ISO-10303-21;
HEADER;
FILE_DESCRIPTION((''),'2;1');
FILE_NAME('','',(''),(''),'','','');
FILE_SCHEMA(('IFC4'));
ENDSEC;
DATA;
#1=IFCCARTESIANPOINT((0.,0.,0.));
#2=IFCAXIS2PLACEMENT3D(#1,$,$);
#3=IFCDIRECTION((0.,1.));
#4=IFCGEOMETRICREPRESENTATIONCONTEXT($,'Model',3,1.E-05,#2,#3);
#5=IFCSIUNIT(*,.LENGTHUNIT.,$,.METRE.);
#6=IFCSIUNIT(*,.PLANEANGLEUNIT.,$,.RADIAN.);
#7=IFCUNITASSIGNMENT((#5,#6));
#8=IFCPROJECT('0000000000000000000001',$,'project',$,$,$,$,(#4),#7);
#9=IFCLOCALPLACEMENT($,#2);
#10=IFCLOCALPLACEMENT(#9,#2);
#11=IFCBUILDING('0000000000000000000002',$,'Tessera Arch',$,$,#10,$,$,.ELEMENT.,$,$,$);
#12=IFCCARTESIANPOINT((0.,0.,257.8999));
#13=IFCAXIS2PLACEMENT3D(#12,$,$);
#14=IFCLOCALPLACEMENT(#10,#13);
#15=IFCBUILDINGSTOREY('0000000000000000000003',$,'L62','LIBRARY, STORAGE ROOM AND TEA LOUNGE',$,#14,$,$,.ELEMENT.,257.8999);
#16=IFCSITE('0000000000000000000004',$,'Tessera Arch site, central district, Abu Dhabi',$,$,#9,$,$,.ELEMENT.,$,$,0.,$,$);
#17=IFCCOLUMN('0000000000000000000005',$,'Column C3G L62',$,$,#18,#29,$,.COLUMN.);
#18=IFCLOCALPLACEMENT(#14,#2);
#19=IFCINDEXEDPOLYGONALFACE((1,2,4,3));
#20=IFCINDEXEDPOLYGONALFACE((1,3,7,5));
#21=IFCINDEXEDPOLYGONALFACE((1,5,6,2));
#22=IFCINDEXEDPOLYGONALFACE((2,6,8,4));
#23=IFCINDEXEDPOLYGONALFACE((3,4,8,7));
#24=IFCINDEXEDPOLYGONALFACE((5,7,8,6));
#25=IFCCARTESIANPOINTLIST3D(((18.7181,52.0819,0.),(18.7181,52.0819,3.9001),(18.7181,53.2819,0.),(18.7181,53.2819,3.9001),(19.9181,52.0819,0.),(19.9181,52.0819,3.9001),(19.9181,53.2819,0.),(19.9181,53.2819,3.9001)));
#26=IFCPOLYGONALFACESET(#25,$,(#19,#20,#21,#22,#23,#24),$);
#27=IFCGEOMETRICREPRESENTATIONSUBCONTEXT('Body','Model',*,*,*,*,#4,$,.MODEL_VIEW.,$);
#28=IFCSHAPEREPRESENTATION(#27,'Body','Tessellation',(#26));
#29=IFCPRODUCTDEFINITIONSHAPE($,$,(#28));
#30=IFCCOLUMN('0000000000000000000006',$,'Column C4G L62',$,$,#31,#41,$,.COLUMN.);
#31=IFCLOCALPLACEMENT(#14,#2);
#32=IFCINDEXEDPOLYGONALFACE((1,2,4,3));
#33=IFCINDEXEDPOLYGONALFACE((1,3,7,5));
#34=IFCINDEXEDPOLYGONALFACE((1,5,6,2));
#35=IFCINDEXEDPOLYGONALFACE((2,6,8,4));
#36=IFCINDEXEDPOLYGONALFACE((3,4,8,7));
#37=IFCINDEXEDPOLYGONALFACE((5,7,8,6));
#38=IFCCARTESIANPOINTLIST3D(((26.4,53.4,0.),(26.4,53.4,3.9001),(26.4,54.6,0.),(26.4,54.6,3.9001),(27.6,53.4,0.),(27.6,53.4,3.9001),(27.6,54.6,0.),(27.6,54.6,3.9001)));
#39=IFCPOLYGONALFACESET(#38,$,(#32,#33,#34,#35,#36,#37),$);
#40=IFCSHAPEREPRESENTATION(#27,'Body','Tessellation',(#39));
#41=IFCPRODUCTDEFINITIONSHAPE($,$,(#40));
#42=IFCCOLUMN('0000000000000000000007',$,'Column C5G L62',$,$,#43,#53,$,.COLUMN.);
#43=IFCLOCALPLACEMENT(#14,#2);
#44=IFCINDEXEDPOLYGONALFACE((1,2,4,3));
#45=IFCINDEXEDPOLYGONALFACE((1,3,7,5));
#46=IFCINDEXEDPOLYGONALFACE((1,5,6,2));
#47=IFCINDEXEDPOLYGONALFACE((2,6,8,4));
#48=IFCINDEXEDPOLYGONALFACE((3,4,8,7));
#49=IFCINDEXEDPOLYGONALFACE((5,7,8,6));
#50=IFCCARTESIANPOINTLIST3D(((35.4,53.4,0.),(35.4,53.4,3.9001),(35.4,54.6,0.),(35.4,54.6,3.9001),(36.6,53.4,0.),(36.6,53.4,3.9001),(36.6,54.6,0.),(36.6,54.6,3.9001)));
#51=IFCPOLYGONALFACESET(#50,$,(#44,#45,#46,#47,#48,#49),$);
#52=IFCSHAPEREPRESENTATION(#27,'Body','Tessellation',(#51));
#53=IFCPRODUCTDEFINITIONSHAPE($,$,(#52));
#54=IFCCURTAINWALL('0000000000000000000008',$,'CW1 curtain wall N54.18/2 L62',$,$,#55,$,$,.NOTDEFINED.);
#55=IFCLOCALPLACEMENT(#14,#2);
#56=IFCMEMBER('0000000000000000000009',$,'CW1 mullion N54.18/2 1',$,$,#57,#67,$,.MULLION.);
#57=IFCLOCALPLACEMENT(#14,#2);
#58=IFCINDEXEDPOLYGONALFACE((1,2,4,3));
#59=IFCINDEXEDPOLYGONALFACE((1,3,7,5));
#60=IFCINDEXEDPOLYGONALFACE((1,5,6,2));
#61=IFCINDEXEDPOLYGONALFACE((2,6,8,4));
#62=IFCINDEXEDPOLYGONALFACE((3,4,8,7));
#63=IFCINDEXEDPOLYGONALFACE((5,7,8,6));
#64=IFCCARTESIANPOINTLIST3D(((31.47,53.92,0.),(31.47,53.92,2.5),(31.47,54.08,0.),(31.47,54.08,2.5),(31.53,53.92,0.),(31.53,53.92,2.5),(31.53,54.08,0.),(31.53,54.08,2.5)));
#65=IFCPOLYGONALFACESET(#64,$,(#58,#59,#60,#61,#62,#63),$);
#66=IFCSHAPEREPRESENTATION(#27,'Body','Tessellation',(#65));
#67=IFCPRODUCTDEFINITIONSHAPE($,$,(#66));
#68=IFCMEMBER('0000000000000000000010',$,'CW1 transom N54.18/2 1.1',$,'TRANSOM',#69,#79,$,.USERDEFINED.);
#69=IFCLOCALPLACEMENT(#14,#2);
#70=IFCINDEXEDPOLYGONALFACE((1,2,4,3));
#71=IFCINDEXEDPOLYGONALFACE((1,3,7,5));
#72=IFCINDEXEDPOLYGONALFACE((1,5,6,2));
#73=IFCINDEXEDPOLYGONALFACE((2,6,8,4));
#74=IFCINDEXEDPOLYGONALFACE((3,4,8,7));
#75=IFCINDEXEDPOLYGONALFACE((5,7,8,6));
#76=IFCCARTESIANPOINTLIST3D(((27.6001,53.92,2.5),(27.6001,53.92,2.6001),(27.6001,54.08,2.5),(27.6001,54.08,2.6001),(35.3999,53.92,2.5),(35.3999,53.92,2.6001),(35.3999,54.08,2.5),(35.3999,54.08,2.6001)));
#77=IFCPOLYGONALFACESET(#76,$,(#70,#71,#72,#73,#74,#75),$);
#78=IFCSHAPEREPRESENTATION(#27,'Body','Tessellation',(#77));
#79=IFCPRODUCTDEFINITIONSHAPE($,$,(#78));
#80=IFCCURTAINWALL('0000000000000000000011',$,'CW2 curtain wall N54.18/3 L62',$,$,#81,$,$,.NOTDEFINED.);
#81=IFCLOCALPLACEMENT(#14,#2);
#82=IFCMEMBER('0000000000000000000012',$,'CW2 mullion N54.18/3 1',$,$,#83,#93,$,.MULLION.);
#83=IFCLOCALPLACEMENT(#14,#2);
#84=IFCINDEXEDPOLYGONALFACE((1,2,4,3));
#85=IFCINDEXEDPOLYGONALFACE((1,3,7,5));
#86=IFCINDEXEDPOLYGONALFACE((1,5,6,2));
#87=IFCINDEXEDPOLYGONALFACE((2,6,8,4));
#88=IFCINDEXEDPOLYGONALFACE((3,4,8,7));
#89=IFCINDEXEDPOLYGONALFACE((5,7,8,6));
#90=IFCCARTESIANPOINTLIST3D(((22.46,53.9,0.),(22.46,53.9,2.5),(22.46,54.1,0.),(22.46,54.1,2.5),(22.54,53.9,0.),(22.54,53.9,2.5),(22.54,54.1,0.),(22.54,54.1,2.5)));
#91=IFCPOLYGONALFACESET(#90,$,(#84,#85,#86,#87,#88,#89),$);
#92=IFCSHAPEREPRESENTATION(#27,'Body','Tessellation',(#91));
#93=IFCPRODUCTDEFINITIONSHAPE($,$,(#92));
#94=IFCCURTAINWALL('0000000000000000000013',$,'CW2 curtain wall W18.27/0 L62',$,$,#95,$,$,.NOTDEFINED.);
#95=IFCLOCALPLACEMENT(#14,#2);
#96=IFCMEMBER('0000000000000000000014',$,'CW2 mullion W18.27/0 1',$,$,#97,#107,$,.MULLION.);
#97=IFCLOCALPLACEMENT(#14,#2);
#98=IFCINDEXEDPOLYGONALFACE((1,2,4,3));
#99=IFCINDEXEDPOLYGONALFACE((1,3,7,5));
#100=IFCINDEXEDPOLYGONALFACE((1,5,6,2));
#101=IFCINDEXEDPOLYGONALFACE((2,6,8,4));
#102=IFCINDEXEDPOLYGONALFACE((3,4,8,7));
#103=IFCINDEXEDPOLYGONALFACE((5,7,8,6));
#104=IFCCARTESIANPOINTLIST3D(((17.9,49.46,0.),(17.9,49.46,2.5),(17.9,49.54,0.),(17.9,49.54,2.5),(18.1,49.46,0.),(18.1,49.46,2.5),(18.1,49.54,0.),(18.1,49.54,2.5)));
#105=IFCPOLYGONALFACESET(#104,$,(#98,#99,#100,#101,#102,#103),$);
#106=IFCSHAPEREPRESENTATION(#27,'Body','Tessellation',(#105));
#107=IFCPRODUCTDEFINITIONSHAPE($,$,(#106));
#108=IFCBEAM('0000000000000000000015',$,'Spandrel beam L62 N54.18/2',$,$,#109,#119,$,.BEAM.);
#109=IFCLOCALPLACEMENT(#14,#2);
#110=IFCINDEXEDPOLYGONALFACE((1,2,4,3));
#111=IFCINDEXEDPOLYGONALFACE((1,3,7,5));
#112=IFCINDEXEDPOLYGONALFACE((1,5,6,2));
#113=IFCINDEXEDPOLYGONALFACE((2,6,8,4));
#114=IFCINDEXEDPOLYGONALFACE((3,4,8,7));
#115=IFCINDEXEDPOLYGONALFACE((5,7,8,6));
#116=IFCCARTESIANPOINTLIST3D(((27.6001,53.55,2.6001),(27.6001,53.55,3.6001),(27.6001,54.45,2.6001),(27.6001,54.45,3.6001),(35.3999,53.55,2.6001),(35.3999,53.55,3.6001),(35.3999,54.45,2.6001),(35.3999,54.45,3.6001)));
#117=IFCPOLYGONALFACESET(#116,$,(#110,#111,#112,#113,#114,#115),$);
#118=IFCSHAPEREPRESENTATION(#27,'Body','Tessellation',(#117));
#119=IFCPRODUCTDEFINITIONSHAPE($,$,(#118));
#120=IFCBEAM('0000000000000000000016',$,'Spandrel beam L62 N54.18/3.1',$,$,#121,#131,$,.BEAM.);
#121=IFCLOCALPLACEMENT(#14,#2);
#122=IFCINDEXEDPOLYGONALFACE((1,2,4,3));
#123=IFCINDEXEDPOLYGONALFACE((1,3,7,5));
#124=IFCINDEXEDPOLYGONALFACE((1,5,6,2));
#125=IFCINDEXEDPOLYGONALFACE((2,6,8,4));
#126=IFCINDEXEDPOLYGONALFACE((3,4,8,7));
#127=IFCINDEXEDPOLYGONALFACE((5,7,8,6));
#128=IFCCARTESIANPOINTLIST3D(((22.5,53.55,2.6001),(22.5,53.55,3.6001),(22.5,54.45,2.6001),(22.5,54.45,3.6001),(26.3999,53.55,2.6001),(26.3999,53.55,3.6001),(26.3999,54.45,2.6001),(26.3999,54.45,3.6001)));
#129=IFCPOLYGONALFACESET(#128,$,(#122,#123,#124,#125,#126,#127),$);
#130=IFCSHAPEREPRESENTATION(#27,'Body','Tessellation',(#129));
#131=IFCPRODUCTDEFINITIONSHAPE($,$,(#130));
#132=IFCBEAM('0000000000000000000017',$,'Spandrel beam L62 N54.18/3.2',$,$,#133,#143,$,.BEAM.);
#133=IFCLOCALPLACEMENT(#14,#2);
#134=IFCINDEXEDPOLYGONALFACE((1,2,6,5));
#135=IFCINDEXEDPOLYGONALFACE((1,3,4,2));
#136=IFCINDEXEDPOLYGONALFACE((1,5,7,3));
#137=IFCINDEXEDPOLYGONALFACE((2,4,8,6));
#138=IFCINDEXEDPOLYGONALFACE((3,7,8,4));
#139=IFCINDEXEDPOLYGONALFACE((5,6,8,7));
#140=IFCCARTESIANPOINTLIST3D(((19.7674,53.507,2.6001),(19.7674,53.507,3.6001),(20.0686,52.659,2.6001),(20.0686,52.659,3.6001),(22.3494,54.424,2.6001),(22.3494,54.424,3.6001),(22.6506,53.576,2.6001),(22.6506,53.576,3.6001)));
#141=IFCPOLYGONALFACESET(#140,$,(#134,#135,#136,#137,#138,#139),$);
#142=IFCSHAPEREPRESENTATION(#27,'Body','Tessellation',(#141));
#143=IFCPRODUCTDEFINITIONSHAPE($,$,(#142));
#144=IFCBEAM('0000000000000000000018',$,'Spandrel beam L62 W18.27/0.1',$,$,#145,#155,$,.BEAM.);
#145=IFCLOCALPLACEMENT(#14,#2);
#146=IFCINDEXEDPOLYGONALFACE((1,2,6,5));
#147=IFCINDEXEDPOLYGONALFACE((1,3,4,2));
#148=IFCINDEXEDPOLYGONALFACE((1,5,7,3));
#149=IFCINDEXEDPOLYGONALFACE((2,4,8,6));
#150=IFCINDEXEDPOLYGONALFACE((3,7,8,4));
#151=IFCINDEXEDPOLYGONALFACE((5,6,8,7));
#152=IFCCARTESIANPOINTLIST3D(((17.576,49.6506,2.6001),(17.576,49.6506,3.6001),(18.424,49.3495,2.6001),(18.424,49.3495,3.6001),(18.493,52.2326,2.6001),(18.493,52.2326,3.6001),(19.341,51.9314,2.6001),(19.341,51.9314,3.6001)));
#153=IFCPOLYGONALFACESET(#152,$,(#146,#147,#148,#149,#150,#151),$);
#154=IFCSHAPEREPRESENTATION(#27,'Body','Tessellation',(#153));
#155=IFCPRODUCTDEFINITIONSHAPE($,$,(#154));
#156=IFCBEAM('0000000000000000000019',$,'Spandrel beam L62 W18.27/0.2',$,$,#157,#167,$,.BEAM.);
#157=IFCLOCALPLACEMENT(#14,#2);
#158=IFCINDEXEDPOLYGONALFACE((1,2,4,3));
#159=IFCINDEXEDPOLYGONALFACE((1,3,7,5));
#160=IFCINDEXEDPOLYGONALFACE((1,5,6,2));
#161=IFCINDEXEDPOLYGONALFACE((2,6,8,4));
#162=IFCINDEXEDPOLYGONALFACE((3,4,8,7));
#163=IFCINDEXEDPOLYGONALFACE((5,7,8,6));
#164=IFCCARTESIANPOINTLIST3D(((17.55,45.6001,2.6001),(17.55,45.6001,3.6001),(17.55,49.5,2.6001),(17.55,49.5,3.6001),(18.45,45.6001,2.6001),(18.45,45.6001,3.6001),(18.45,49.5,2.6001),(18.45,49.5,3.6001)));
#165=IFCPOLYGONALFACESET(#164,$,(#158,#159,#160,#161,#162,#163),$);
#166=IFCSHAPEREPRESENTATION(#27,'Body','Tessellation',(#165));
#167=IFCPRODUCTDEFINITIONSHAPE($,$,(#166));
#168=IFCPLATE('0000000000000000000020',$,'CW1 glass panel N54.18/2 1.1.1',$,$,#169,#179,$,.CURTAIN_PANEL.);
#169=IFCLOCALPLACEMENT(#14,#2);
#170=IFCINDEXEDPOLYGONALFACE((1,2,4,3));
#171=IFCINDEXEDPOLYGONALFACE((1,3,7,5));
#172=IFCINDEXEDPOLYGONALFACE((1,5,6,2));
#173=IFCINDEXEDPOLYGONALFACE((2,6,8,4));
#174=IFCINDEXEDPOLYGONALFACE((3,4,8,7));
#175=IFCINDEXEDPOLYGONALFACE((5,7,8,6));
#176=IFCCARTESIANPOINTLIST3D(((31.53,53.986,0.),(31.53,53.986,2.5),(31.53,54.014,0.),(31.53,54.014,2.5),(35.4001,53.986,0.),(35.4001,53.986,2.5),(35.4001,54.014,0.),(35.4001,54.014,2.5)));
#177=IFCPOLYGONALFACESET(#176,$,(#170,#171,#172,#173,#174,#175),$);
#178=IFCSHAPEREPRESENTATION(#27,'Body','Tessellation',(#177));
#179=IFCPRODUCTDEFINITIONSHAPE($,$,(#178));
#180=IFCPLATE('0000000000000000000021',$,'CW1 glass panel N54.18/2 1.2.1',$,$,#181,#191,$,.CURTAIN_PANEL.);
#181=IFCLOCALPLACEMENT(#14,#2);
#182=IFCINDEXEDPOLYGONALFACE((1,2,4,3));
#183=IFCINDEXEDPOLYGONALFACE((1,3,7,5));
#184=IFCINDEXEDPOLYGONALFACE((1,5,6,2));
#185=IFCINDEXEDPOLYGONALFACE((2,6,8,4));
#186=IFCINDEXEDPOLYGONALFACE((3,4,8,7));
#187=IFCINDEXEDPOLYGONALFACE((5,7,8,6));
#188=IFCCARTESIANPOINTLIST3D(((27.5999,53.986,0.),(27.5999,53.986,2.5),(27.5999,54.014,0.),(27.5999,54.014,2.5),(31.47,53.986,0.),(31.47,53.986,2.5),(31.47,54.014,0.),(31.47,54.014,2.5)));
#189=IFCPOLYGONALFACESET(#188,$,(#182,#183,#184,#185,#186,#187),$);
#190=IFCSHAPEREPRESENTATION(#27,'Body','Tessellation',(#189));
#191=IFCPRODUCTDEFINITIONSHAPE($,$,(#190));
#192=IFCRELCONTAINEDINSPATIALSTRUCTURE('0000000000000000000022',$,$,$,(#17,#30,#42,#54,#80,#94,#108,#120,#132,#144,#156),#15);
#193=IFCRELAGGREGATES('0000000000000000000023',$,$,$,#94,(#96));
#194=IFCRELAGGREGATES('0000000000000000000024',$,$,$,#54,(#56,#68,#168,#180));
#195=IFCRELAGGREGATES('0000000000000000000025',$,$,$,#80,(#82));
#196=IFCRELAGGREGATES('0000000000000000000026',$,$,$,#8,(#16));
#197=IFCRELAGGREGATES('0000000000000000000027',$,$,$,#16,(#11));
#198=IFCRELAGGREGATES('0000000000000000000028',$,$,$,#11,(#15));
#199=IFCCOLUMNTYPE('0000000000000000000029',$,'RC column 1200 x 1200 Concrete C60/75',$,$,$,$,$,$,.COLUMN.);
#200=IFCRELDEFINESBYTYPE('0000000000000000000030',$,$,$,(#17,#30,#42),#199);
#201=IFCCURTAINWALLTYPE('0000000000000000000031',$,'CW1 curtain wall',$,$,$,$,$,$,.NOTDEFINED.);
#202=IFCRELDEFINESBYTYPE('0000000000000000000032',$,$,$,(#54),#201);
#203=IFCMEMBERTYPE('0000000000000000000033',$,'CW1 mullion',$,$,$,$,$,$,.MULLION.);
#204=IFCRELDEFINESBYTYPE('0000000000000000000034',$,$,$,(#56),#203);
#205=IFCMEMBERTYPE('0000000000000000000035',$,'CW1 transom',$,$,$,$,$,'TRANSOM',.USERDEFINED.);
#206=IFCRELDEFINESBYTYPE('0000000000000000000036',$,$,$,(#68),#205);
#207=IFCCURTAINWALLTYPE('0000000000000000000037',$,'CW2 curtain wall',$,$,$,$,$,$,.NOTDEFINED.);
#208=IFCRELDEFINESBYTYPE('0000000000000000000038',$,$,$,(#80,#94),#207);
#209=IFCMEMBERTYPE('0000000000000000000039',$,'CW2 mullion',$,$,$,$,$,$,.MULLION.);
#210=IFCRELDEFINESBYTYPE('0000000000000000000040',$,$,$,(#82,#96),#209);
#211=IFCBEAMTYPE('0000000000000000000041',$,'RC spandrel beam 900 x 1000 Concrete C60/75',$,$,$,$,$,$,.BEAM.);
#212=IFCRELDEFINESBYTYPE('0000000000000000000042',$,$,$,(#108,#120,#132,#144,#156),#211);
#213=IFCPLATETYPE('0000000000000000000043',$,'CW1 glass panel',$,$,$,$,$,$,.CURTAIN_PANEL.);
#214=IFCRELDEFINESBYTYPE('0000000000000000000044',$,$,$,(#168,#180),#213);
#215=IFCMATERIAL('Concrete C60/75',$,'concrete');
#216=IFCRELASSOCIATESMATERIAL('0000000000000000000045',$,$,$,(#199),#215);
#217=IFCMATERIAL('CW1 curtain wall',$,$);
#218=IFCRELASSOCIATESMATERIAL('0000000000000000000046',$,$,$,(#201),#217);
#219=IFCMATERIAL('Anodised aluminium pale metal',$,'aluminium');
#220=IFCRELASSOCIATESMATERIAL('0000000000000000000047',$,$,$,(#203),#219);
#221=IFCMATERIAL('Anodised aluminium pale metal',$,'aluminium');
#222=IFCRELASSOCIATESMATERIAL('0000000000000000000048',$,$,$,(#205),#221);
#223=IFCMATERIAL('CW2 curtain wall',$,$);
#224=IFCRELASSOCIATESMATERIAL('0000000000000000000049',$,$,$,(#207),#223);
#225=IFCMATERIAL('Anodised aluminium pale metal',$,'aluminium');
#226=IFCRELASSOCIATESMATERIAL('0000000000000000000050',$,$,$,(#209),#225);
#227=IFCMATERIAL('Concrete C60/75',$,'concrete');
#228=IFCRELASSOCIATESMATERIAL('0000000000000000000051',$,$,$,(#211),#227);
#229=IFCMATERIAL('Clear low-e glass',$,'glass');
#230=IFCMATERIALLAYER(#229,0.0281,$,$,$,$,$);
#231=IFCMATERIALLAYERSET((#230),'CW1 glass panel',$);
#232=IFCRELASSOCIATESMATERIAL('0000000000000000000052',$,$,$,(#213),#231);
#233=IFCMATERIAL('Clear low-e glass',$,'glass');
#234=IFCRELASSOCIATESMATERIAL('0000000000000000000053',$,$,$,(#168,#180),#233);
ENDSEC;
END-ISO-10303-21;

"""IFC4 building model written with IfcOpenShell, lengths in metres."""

from ifc_helpers import new_model, si_unit, direction, frame, origin, origin_2d, place, context, subcontext, project, spatial, rectangle, extrude, material, layer, layer_set, material_profile, profile_set, type_object, element, aggregate, save


model = new_model("IFC4")

# Units and contexts
model_context = context("Model", 3, precision=1e-05, world=origin(), true_north=direction((0.0, 1.0)))
body_context = subcontext(model_context, "Body", "Model", "MODEL_VIEW")
ifc_project = project(units=[si_unit("LENGTHUNIT", "METRE"), si_unit("PLANEANGLEUNIT", "RADIAN")], contexts=[model_context])

# Site, building, storey
site_placement = place(None, origin())
site = spatial("IfcSite", under=ifc_project, at=site_placement, Name="Tessera Arch site, central district, Abu Dhabi", CompositionType="ELEMENT", RefElevation=0.0)
building_placement = place(site_placement, origin())
building = spatial("IfcBuilding", under=site, at=building_placement, Name="Tessera Arch", CompositionType="ELEMENT")
storey_placement = place(building_placement, frame((0.0, 0.0, 257.8999)))
storey = spatial("IfcBuildingStorey", under=building, at=storey_placement, Name="L62", Description="LIBRARY, STORAGE ROOM AND TEA LOUNGE", CompositionType="ELEMENT", Elevation=257.8999)

# Columns
ifc_material_1 = material(Name="Concrete C60/75", Category="concrete")
ifc_material_profile_1 = material_profile(ifc_material_1, rectangle(XDim=1.2, YDim=1.2, at=origin_2d()), Name="RC column 1200 x 1200 Concrete C60/75")
ifc_profile_set_1 = profile_set([ifc_material_profile_1], Name="Concrete C60/75")
column_type = type_object("IfcColumnType", Name="RC column 1200 x 1200 Concrete C60/75", PredefinedType="COLUMN", material=ifc_profile_set_1)
for number, where, z_axis, x_axis, name in (
    (1, (19.3181, 52.6819, 0.0), (0.0, 0.0, 1.0), (1.0, 0.0, 0.0), "Column C3G L62"),
    (2, (27.0, 54.0, 0.0), (0.0, 0.0, 1.0), (1.0, 0.0, 0.0), "Column C4G L62"),
    (3, (36.0, 54.0, 0.0), (0.0, 0.0, 1.0), (1.0, 0.0, 0.0), "Column C5G L62"),
):
    element("IfcColumn", number, at=place(storey_placement, frame(where, z_axis=z_axis, x_axis=x_axis)), inside=storey, type_object=column_type, Name=name, PredefinedType="COLUMN", context=body_context, shape_type="SweptSolid", body=[
        extrude(rectangle(XDim=1.2, YDim=1.2, at=origin_2d()), origin(), (0.0, 0.0, 1.0), 3.9001),
    ])

# Curtain wall, members
ifc_material_2 = material(Name="CW1 curtain wall")
curtain_wall_type_1 = type_object("IfcCurtainWallType", Name="CW1 curtain wall", PredefinedType="NOTDEFINED", material=ifc_material_2)
curtain_wall_1_placement = place(storey_placement, origin())
curtain_wall_1 = element("IfcCurtainWall", 4, at=curtain_wall_1_placement, inside=storey, type_object=curtain_wall_type_1, Name="CW1 curtain wall N54.18/2 L62", PredefinedType="NOTDEFINED")
ifc_material_3 = material(Name="Anodised aluminium pale metal", Category="aluminium")
ifc_material_profile_2 = material_profile(ifc_material_3, rectangle(XDim=0.1599, YDim=0.0601, at=origin_2d()), Name="AL 60x160")
ifc_profile_set_2 = profile_set([ifc_material_profile_2], Name="Anodised aluminium pale metal")
member_type_1 = type_object("IfcMemberType", Name="CW1 mullion", PredefinedType="MULLION", material=ifc_profile_set_2)
member_1_placement = place(storey_placement, frame((31.5, 54.0, 0.0), z_axis=(0.0, 0.0, 1.0), x_axis=(0.0, -1.0, 0.0)))
member_1 = element("IfcMember", 5, at=member_1_placement, type_object=member_type_1, Name="CW1 mullion N54.18/2 1", PredefinedType="MULLION", context=body_context, shape_type="SweptSolid", body=[
    extrude(rectangle(XDim=0.1599, YDim=0.0601, at=origin_2d()), origin(), (0.0, 0.0, 1.0), 2.5),
])
ifc_material_4 = material(Name="Anodised aluminium pale metal", Category="aluminium")
ifc_material_profile_3 = material_profile(ifc_material_4, rectangle(XDim=0.1599, YDim=0.1001, at=origin_2d()), Name="AL 160x100")
ifc_profile_set_3 = profile_set([ifc_material_profile_3], Name="Anodised aluminium pale metal")
member_type_2 = type_object("IfcMemberType", Name="CW1 transom", ElementType="TRANSOM", PredefinedType="USERDEFINED", material=ifc_profile_set_3)
member_2_placement = place(storey_placement, frame((35.3999, 54.0, 2.55), z_axis=(-1.0, 0.0, 0.0), x_axis=(0.0, -1.0, 0.0)))
member_2 = element("IfcMember", 6, at=member_2_placement, type_object=member_type_2, Name="CW1 transom N54.18/2 1.1", ObjectType="TRANSOM", PredefinedType="USERDEFINED", context=body_context, shape_type="SweptSolid", body=[
    extrude(rectangle(XDim=0.1599, YDim=0.1001, at=origin_2d()), origin(), (0.0, 0.0, 1.0), 7.7998),
])

# Curtain walls, members
ifc_material_5 = material(Name="CW2 curtain wall")
curtain_wall_type_2 = type_object("IfcCurtainWallType", Name="CW2 curtain wall", PredefinedType="NOTDEFINED", material=ifc_material_5)
curtain_wall_2_placement = place(storey_placement, origin())
curtain_wall_2 = element("IfcCurtainWall", 7, at=curtain_wall_2_placement, inside=storey, type_object=curtain_wall_type_2, Name="CW2 curtain wall N54.18/3 L62", PredefinedType="NOTDEFINED")
ifc_material_6 = material(Name="Anodised aluminium pale metal", Category="aluminium")
ifc_material_profile_4 = material_profile(ifc_material_6, rectangle(XDim=0.2, YDim=0.0801, at=origin_2d()), Name="AL 80x200")
ifc_profile_set_4 = profile_set([ifc_material_profile_4], Name="Anodised aluminium pale metal")
member_type_3 = type_object("IfcMemberType", Name="CW2 mullion", PredefinedType="MULLION", material=ifc_profile_set_4)
member_3_placement = place(storey_placement, frame((22.5, 54.0, 0.0), z_axis=(0.0, 0.0, 1.0), x_axis=(0.0, -1.0, 0.0)))
member_3 = element("IfcMember", 8, at=member_3_placement, type_object=member_type_3, Name="CW2 mullion N54.18/3 1", PredefinedType="MULLION", context=body_context, shape_type="SweptSolid", body=[
    extrude(rectangle(XDim=0.2, YDim=0.0801, at=origin_2d()), origin(), (0.0, 0.0, 1.0), 2.5),
])
curtain_wall_3_placement = place(storey_placement, origin())
curtain_wall_3 = element("IfcCurtainWall", 9, at=curtain_wall_3_placement, inside=storey, type_object=curtain_wall_type_2, Name="CW2 curtain wall W18.27/0 L62", PredefinedType="NOTDEFINED")
member_4_placement = place(storey_placement, frame((18.0, 49.5, 0.0), z_axis=(0.0, 0.0, 1.0), x_axis=(1.0, 0.0, 0.0)))
member_4 = element("IfcMember", 10, at=member_4_placement, type_object=member_type_3, Name="CW2 mullion W18.27/0 1", PredefinedType="MULLION", context=body_context, shape_type="SweptSolid", body=[
    extrude(rectangle(XDim=0.2, YDim=0.0801, at=origin_2d()), origin(), (0.0, 0.0, 1.0), 2.5),
])
aggregate(curtain_wall_3, [member_4])

# Beams
ifc_material_7 = material(Name="Concrete C60/75", Category="concrete")
ifc_material_profile_5 = material_profile(ifc_material_7, rectangle(XDim=0.8999, YDim=1.0, at=origin_2d()), Name="RC spandrel beam 900 x 1000 Concrete C60/75")
ifc_profile_set_5 = profile_set([ifc_material_profile_5], Name="Concrete C60/75")
beam_type = type_object("IfcBeamType", Name="RC spandrel beam 900 x 1000 Concrete C60/75", PredefinedType="BEAM", material=ifc_profile_set_5)
beam_1_placement = place(storey_placement, frame((35.3999, 54.0, 3.1001), z_axis=(-1.0, 0.0, 0.0), x_axis=(0.0, -1.0, 0.0)))
element("IfcBeam", 11, at=beam_1_placement, inside=storey, type_object=beam_type, Name="Spandrel beam L62 N54.18/2", PredefinedType="BEAM", context=body_context, shape_type="SweptSolid", body=[
    extrude(rectangle(XDim=0.8999, YDim=1.0, at=origin_2d()), origin(), (0.0, 0.0, 1.0), 7.7998),
])
beam_2_placement = place(storey_placement, frame((26.3999, 54.0, 3.1001), z_axis=(-1.0, 0.0, 0.0), x_axis=(0.0, -1.0, 0.0)))
element("IfcBeam", 12, at=beam_2_placement, inside=storey, type_object=beam_type, Name="Spandrel beam L62 N54.18/3.1", PredefinedType="BEAM", context=body_context, shape_type="SweptSolid", body=[
    extrude(rectangle(XDim=0.8999, YDim=1.0, at=origin_2d()), origin(), (0.0, 0.0, 1.0), 3.8999),
])
for number, where, z_axis, x_axis, name in (
    (13, (22.5, 54.0, 3.1001), (-0.942337, -0.334665, 0.0), (0.334665, -0.942337, 0.0), "Spandrel beam L62 N54.18/3.2"),
    (14, (18.917, 52.082, 3.1001), (-0.334665, -0.942337, 0.0), (0.942337, -0.334665, 0.0), "Spandrel beam L62 W18.27/0.1"),
):
    element("IfcBeam", number, at=place(storey_placement, frame(where, z_axis=z_axis, x_axis=x_axis)), inside=storey, type_object=beam_type, Name=name, PredefinedType="BEAM", context=body_context, shape_type="SweptSolid", body=[
        extrude(rectangle(XDim=0.8999, YDim=1.0, at=origin_2d()), origin(), (0.0, 0.0, 1.0), 2.74),
    ])
beam_3_placement = place(storey_placement, frame((18.0, 49.5, 3.1001), z_axis=(0.0, -1.0, 0.0), x_axis=(1.0, 0.0, 0.0)))
element("IfcBeam", 15, at=beam_3_placement, inside=storey, type_object=beam_type, Name="Spandrel beam L62 W18.27/0.2", PredefinedType="BEAM", context=body_context, shape_type="SweptSolid", body=[
    extrude(rectangle(XDim=0.8999, YDim=1.0, at=origin_2d()), origin(), (0.0, 0.0, 1.0), 3.8999),
])

# Plates
ifc_material_8 = material(Name="Clear low-e glass", Category="glass")
ifc_material_9 = material(Name="Clear low-e glass", Category="glass")
ifc_layer_1 = layer(ifc_material_9, 0.0281)
ifc_layer_set_1 = layer_set([ifc_layer_1], Name="CW1 glass panel")
plate_type_1 = type_object("IfcPlateType", Name="CW1 glass panel", PredefinedType="CURTAIN_PANEL", material=ifc_layer_set_1)
plate_1_placement = place(storey_placement, frame((33.4651, 54.0, 0.0), z_axis=(0.0, 0.0, 1.0), x_axis=(-1.0, 0.0, 0.0)))
plate_1 = element("IfcPlate", 16, at=plate_1_placement, type_object=plate_type_1, material=ifc_material_8, Name="CW1 glass panel N54.18/2 1.1.1", PredefinedType="CURTAIN_PANEL", context=body_context, shape_type="SweptSolid", body=[
    extrude(rectangle(XDim=3.8701, YDim=0.0281, at=origin_2d()), origin(), (0.0, 0.0, 1.0), 2.5),
])
plate_2_placement = place(storey_placement, frame((29.5349, 54.0, 0.0), z_axis=(0.0, 0.0, 1.0), x_axis=(-1.0, 0.0, 0.0)))
plate_2 = element("IfcPlate", 17, at=plate_2_placement, type_object=plate_type_1, material=ifc_material_8, Name="CW1 glass panel N54.18/2 1.2.1", PredefinedType="CURTAIN_PANEL", context=body_context, shape_type="SweptSolid", body=[
    extrude(rectangle(XDim=3.8701, YDim=0.0281, at=origin_2d()), origin(), (0.0, 0.0, 1.0), 2.5),
])
aggregate(curtain_wall_1, [member_1, member_2, plate_1, plate_2])
aggregate(curtain_wall_2, [member_3])

save(model, "model.ifc")
